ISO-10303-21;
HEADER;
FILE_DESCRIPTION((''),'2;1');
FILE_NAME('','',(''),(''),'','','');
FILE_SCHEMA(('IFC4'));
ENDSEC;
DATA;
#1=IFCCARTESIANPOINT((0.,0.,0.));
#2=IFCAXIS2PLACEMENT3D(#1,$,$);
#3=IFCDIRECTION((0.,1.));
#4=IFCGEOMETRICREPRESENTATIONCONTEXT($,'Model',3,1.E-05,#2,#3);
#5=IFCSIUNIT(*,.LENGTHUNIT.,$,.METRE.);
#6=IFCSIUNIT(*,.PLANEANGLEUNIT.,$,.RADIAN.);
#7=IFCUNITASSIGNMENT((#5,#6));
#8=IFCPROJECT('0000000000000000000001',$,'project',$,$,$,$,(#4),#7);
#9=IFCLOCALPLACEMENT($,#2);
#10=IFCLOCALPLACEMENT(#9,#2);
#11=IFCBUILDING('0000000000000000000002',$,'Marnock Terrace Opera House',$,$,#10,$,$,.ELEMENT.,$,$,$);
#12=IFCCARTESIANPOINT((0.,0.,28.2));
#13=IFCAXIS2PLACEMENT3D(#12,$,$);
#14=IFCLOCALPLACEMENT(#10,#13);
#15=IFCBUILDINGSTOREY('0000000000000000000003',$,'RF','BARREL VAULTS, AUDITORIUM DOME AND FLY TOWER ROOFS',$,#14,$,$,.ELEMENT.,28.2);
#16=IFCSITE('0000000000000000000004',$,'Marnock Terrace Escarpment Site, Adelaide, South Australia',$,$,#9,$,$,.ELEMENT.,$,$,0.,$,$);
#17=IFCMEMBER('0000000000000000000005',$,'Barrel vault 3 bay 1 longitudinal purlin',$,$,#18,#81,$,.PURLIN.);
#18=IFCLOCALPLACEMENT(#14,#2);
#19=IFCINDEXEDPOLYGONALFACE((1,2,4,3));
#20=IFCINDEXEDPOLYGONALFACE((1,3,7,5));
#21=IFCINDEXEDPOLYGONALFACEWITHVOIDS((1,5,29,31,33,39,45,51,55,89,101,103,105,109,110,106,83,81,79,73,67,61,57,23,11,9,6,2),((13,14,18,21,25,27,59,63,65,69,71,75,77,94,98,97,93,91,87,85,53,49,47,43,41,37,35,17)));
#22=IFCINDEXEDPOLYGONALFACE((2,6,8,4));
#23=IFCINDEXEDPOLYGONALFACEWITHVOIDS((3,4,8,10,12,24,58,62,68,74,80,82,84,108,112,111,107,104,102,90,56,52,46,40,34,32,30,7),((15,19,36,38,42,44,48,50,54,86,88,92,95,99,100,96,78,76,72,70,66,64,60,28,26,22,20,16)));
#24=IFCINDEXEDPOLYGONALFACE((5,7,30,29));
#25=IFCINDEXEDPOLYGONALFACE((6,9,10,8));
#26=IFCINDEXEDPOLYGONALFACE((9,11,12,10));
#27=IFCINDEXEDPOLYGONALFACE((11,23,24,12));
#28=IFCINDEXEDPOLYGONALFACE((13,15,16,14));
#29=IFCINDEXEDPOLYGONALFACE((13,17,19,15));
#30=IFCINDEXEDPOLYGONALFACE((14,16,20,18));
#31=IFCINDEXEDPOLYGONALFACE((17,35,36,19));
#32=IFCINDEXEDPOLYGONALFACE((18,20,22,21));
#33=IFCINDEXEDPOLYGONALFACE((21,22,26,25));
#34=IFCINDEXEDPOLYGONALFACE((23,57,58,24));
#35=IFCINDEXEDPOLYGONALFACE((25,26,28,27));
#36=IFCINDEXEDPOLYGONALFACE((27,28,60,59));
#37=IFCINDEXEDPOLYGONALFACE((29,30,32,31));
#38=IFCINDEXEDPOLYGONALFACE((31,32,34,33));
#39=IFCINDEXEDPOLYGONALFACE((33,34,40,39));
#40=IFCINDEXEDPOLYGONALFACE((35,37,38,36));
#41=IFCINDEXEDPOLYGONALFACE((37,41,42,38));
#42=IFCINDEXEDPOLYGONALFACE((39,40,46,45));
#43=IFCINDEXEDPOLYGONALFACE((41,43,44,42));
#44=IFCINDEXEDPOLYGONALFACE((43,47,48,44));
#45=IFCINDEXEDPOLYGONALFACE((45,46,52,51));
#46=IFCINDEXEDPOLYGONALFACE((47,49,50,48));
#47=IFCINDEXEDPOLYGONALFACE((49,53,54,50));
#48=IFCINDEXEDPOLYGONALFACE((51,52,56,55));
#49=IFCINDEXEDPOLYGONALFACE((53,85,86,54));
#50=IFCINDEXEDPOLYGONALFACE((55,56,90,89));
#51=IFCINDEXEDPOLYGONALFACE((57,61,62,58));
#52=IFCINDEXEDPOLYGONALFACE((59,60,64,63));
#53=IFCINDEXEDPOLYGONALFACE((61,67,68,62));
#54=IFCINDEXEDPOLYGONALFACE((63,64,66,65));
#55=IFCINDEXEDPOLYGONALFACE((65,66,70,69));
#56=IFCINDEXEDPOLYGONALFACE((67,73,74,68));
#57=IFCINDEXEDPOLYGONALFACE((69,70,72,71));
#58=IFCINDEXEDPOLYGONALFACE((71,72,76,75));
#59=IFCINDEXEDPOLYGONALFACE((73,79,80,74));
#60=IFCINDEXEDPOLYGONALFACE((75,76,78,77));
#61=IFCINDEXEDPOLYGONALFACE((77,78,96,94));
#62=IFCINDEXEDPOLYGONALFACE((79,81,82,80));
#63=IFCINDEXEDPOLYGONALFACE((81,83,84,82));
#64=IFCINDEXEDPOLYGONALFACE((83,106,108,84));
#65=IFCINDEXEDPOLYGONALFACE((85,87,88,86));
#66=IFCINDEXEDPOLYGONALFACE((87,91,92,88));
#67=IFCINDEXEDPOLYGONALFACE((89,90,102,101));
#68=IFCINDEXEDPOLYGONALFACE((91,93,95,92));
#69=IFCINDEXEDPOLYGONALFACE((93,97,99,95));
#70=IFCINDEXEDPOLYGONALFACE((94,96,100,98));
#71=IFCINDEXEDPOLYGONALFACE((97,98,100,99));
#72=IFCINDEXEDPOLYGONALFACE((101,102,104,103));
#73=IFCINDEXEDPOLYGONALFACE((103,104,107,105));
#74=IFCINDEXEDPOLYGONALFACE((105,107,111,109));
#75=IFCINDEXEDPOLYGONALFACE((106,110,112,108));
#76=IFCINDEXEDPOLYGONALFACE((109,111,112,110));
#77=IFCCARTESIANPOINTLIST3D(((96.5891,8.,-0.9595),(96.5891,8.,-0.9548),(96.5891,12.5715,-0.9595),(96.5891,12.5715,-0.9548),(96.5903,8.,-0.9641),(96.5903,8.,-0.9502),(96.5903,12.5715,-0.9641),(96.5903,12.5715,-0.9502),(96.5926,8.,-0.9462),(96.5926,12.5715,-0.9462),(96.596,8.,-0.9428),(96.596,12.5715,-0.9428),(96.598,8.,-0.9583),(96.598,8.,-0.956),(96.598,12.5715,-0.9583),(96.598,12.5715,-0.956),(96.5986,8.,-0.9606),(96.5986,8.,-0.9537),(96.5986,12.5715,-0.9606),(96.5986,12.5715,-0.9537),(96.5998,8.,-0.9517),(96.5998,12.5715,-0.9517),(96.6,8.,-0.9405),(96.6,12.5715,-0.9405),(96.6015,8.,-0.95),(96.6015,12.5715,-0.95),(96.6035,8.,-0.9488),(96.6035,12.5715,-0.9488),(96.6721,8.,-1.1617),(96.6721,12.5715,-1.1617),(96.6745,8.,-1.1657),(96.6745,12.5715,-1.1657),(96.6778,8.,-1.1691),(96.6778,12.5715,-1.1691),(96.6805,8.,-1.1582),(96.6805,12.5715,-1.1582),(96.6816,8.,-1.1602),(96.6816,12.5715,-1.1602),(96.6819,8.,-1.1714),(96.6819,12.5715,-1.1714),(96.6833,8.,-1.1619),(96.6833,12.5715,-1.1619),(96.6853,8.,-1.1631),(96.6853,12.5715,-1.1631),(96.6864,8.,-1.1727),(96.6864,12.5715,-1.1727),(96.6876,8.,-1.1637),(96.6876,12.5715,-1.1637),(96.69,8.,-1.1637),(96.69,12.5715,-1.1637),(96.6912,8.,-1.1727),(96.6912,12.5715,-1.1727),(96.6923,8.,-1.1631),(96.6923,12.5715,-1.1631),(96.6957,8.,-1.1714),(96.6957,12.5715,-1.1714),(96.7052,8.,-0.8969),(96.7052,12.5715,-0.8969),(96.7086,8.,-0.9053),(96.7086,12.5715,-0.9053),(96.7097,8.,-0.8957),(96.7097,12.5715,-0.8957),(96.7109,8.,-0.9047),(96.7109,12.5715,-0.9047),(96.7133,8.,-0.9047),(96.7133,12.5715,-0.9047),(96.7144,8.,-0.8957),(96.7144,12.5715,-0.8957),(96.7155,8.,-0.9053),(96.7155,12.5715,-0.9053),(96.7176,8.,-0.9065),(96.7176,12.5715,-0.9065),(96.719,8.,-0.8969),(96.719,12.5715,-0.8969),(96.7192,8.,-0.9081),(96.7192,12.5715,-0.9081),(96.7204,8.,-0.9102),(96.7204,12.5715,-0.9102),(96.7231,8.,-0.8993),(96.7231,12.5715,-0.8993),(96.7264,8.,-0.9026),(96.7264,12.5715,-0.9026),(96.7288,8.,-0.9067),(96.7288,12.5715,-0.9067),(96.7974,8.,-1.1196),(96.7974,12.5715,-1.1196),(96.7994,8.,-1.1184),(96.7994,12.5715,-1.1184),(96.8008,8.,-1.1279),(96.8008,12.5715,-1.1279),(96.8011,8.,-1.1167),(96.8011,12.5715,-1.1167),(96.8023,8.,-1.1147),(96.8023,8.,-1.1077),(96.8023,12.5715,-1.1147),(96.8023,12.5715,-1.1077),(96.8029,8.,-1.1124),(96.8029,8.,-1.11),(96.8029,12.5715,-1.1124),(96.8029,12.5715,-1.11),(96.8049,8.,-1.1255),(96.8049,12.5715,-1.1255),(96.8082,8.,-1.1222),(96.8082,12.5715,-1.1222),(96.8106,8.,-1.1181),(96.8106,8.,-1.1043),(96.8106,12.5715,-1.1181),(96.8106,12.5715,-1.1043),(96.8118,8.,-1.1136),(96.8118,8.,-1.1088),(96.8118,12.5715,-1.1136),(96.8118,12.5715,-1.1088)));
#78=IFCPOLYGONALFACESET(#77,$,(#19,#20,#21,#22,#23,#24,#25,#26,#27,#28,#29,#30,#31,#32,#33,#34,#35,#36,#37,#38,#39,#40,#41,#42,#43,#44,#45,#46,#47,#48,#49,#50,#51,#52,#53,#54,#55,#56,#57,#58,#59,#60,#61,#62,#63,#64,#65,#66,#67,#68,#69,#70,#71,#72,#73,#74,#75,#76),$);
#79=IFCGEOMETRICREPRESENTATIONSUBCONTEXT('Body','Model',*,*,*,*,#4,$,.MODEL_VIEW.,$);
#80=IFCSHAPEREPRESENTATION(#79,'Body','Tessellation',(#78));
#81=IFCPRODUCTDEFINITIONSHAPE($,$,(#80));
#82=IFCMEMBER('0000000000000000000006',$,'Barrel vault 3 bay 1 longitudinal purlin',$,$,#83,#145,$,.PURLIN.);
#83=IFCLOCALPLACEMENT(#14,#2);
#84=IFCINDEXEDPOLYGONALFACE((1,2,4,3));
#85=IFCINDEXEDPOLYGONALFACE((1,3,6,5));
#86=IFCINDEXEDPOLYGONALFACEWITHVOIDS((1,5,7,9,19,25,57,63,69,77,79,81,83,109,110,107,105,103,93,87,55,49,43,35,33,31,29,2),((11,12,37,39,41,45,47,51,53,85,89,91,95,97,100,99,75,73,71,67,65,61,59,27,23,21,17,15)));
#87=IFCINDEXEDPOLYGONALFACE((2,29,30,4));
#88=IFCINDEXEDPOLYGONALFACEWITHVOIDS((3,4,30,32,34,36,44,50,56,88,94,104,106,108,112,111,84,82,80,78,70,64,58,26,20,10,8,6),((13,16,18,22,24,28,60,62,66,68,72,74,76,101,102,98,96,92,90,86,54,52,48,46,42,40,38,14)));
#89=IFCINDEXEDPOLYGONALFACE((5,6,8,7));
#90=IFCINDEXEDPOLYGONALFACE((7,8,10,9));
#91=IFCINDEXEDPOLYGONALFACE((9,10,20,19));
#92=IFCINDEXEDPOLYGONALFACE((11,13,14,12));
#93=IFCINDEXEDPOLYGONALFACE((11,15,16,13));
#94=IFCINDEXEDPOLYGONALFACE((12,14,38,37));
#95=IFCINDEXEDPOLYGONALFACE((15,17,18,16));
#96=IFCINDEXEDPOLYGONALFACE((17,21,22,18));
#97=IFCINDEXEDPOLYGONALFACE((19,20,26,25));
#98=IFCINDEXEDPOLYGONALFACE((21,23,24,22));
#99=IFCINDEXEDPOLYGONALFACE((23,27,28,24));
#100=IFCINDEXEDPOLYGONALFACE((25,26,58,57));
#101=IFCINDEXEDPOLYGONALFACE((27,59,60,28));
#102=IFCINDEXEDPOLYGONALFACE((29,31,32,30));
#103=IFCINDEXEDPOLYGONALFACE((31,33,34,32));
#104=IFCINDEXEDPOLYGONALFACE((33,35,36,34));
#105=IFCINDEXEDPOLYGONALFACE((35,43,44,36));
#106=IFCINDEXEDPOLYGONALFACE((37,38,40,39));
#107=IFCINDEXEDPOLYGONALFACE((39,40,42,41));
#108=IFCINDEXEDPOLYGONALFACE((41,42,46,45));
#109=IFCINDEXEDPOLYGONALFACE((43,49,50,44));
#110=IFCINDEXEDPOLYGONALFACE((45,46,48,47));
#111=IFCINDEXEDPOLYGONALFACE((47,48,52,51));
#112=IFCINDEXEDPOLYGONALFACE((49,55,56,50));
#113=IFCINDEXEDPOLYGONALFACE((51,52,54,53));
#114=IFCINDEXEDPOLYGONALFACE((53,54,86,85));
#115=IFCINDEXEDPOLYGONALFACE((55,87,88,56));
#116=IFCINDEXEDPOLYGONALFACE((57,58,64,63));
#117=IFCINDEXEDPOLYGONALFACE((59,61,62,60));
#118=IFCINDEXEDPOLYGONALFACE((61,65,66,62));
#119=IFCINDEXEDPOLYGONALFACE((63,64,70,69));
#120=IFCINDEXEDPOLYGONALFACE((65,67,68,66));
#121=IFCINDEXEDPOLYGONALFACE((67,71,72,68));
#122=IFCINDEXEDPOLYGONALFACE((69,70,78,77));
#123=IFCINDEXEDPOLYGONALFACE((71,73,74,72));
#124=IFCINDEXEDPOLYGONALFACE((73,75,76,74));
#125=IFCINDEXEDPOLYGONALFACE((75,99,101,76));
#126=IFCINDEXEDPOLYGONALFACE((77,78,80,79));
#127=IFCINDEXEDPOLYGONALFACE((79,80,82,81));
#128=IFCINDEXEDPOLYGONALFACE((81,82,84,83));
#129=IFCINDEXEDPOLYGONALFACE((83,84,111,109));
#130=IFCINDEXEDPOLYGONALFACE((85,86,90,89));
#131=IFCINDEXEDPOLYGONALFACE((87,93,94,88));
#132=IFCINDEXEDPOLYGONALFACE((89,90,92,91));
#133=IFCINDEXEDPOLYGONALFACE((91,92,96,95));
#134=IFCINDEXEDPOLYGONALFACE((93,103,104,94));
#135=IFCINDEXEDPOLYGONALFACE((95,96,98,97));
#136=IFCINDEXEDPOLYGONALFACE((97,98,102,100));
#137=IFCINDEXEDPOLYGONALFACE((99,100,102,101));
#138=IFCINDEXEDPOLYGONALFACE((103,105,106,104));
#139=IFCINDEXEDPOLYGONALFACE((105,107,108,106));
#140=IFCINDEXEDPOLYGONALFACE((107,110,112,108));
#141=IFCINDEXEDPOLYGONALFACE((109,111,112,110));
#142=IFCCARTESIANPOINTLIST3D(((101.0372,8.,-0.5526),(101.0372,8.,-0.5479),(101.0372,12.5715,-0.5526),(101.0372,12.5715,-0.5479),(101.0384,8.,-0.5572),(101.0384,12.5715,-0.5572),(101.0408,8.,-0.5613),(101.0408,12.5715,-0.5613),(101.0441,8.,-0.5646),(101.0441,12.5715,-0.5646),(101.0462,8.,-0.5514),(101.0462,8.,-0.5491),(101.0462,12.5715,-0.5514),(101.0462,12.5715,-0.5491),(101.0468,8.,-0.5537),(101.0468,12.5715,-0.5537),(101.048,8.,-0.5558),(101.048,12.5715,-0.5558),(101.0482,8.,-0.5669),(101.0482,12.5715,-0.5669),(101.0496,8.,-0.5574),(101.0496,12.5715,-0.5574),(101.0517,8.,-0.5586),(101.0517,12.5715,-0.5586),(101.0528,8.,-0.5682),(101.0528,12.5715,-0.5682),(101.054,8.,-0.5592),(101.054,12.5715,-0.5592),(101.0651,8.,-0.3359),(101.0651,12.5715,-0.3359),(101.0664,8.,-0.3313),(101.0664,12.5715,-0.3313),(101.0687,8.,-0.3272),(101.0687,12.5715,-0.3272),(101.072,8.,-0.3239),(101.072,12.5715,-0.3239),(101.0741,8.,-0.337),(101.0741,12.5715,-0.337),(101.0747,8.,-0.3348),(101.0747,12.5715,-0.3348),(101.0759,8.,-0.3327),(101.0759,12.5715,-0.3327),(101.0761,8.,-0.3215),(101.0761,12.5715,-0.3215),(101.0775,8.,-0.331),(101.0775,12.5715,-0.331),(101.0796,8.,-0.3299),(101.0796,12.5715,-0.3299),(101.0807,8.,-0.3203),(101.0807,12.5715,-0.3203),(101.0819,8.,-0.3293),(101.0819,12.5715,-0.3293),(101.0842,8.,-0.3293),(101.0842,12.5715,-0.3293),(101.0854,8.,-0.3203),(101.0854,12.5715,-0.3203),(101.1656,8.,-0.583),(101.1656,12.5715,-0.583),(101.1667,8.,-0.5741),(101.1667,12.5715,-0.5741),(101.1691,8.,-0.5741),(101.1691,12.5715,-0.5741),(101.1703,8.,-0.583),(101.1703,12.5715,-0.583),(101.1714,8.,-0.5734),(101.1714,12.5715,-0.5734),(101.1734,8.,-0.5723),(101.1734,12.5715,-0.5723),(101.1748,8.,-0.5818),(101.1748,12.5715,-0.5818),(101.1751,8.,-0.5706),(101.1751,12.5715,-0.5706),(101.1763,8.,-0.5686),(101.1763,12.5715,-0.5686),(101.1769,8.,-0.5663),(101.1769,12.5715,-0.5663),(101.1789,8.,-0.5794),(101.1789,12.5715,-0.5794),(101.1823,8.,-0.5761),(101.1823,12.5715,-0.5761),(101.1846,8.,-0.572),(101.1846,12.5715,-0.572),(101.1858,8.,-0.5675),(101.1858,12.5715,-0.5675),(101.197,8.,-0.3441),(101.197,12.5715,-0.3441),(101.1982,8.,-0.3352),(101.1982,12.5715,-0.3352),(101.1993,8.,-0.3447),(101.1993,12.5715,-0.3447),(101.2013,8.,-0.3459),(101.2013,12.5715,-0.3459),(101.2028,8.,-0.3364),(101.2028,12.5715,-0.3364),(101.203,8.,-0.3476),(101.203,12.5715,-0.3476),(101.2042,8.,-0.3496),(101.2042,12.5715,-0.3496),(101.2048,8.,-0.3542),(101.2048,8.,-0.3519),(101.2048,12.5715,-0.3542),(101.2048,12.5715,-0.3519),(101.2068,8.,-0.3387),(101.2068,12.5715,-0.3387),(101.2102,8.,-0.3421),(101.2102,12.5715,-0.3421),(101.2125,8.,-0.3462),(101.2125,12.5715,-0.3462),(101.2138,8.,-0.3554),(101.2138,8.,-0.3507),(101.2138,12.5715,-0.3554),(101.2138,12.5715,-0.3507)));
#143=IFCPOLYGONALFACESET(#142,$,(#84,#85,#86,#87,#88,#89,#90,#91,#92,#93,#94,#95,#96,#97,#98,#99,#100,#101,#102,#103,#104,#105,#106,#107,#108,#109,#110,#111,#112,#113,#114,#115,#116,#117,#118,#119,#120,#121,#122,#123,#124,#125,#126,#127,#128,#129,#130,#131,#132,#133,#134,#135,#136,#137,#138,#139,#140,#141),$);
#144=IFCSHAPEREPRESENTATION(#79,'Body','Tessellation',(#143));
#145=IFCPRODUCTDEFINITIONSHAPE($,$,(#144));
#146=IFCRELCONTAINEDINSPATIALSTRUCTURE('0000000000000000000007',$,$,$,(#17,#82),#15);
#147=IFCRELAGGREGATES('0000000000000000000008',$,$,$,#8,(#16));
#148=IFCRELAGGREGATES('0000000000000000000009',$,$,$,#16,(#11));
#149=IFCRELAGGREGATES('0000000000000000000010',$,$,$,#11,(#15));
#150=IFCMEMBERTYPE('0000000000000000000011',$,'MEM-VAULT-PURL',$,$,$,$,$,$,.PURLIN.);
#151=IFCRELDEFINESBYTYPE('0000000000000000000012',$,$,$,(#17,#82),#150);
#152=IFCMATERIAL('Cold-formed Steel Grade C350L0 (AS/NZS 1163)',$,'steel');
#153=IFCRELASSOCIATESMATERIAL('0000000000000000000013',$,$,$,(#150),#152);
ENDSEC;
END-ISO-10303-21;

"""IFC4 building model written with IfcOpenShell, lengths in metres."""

from ifc_helpers import new_model, si_unit, direction, frame, origin, origin_2d, place, context, subcontext, project, spatial, hollow_rectangle, extrude, material, material_profile, profile_set, type_object, element, save


model = new_model("IFC4")

# Units and contexts
model_context = context("Model", 3, precision=1e-05, world=origin(), true_north=direction((0.0, 1.0)))
body_context = subcontext(model_context, "Body", "Model", "MODEL_VIEW")
ifc_project = project(units=[si_unit("LENGTHUNIT", "METRE"), si_unit("PLANEANGLEUNIT", "RADIAN")], contexts=[model_context])

# Site, building, storey
site_placement = place(None, origin())
site = spatial("IfcSite", under=ifc_project, at=site_placement, Name="Marnock Terrace Escarpment Site, Adelaide, South Australia", CompositionType="ELEMENT", RefElevation=0.0)
building_placement = place(site_placement, origin())
building = spatial("IfcBuilding", under=site, at=building_placement, Name="Marnock Terrace Opera House", CompositionType="ELEMENT")
storey_placement = place(building_placement, frame((0.0, 0.0, 28.2)))
storey = spatial("IfcBuildingStorey", under=building, at=storey_placement, Name="RF", Description="BARREL VAULTS, AUDITORIUM DOME AND FLY TOWER ROOFS", CompositionType="ELEMENT", Elevation=28.2)

# Members
ifc_material_1 = material(Name="Cold-formed Steel Grade C350L0 (AS/NZS 1163)", Category="steel")
ifc_material_profile_1 = material_profile(ifc_material_1, hollow_rectangle(XDim=0.1499, YDim=0.25, WallThickness=0.009, InnerFilletRadius=0.009, OuterFilletRadius=0.0181, at=origin_2d()))
ifc_profile_set_1 = profile_set([ifc_material_profile_1], Name="Cold-formed Steel Grade C350L0 (AS/NZS 1163)")
member_type_1 = type_object("IfcMemberType", Name="MEM-VAULT-PURL", PredefinedType="PURLIN", material=ifc_profile_set_1)
for number, where, z_axis, x_axis, name in (
    (1, (96.7004, 8.0, -1.0342), (0.0, 1.0, 0.0), (-0.92388, 0.0, -0.382683), "Barrel vault 3 bay 1 longitudinal purlin"),
    (2, (101.1255, 8.0, -0.4517), (0.0, 1.0, 0.0), (-0.991445, 0.0, 0.130526), "Barrel vault 3 bay 1 longitudinal purlin"),
):
    element("IfcMember", number, at=place(storey_placement, frame(where, z_axis=z_axis, x_axis=x_axis)), inside=storey, type_object=member_type_1, Name=name, PredefinedType="PURLIN", context=body_context, shape_type="SweptSolid", body=[
        extrude(hollow_rectangle(XDim=0.1499, YDim=0.25, WallThickness=0.009, InnerFilletRadius=0.009, OuterFilletRadius=0.0181, at=origin_2d()), origin(), (0.0, 0.0, 1.0), 4.5715),
    ])

save(model, "model.ifc")
